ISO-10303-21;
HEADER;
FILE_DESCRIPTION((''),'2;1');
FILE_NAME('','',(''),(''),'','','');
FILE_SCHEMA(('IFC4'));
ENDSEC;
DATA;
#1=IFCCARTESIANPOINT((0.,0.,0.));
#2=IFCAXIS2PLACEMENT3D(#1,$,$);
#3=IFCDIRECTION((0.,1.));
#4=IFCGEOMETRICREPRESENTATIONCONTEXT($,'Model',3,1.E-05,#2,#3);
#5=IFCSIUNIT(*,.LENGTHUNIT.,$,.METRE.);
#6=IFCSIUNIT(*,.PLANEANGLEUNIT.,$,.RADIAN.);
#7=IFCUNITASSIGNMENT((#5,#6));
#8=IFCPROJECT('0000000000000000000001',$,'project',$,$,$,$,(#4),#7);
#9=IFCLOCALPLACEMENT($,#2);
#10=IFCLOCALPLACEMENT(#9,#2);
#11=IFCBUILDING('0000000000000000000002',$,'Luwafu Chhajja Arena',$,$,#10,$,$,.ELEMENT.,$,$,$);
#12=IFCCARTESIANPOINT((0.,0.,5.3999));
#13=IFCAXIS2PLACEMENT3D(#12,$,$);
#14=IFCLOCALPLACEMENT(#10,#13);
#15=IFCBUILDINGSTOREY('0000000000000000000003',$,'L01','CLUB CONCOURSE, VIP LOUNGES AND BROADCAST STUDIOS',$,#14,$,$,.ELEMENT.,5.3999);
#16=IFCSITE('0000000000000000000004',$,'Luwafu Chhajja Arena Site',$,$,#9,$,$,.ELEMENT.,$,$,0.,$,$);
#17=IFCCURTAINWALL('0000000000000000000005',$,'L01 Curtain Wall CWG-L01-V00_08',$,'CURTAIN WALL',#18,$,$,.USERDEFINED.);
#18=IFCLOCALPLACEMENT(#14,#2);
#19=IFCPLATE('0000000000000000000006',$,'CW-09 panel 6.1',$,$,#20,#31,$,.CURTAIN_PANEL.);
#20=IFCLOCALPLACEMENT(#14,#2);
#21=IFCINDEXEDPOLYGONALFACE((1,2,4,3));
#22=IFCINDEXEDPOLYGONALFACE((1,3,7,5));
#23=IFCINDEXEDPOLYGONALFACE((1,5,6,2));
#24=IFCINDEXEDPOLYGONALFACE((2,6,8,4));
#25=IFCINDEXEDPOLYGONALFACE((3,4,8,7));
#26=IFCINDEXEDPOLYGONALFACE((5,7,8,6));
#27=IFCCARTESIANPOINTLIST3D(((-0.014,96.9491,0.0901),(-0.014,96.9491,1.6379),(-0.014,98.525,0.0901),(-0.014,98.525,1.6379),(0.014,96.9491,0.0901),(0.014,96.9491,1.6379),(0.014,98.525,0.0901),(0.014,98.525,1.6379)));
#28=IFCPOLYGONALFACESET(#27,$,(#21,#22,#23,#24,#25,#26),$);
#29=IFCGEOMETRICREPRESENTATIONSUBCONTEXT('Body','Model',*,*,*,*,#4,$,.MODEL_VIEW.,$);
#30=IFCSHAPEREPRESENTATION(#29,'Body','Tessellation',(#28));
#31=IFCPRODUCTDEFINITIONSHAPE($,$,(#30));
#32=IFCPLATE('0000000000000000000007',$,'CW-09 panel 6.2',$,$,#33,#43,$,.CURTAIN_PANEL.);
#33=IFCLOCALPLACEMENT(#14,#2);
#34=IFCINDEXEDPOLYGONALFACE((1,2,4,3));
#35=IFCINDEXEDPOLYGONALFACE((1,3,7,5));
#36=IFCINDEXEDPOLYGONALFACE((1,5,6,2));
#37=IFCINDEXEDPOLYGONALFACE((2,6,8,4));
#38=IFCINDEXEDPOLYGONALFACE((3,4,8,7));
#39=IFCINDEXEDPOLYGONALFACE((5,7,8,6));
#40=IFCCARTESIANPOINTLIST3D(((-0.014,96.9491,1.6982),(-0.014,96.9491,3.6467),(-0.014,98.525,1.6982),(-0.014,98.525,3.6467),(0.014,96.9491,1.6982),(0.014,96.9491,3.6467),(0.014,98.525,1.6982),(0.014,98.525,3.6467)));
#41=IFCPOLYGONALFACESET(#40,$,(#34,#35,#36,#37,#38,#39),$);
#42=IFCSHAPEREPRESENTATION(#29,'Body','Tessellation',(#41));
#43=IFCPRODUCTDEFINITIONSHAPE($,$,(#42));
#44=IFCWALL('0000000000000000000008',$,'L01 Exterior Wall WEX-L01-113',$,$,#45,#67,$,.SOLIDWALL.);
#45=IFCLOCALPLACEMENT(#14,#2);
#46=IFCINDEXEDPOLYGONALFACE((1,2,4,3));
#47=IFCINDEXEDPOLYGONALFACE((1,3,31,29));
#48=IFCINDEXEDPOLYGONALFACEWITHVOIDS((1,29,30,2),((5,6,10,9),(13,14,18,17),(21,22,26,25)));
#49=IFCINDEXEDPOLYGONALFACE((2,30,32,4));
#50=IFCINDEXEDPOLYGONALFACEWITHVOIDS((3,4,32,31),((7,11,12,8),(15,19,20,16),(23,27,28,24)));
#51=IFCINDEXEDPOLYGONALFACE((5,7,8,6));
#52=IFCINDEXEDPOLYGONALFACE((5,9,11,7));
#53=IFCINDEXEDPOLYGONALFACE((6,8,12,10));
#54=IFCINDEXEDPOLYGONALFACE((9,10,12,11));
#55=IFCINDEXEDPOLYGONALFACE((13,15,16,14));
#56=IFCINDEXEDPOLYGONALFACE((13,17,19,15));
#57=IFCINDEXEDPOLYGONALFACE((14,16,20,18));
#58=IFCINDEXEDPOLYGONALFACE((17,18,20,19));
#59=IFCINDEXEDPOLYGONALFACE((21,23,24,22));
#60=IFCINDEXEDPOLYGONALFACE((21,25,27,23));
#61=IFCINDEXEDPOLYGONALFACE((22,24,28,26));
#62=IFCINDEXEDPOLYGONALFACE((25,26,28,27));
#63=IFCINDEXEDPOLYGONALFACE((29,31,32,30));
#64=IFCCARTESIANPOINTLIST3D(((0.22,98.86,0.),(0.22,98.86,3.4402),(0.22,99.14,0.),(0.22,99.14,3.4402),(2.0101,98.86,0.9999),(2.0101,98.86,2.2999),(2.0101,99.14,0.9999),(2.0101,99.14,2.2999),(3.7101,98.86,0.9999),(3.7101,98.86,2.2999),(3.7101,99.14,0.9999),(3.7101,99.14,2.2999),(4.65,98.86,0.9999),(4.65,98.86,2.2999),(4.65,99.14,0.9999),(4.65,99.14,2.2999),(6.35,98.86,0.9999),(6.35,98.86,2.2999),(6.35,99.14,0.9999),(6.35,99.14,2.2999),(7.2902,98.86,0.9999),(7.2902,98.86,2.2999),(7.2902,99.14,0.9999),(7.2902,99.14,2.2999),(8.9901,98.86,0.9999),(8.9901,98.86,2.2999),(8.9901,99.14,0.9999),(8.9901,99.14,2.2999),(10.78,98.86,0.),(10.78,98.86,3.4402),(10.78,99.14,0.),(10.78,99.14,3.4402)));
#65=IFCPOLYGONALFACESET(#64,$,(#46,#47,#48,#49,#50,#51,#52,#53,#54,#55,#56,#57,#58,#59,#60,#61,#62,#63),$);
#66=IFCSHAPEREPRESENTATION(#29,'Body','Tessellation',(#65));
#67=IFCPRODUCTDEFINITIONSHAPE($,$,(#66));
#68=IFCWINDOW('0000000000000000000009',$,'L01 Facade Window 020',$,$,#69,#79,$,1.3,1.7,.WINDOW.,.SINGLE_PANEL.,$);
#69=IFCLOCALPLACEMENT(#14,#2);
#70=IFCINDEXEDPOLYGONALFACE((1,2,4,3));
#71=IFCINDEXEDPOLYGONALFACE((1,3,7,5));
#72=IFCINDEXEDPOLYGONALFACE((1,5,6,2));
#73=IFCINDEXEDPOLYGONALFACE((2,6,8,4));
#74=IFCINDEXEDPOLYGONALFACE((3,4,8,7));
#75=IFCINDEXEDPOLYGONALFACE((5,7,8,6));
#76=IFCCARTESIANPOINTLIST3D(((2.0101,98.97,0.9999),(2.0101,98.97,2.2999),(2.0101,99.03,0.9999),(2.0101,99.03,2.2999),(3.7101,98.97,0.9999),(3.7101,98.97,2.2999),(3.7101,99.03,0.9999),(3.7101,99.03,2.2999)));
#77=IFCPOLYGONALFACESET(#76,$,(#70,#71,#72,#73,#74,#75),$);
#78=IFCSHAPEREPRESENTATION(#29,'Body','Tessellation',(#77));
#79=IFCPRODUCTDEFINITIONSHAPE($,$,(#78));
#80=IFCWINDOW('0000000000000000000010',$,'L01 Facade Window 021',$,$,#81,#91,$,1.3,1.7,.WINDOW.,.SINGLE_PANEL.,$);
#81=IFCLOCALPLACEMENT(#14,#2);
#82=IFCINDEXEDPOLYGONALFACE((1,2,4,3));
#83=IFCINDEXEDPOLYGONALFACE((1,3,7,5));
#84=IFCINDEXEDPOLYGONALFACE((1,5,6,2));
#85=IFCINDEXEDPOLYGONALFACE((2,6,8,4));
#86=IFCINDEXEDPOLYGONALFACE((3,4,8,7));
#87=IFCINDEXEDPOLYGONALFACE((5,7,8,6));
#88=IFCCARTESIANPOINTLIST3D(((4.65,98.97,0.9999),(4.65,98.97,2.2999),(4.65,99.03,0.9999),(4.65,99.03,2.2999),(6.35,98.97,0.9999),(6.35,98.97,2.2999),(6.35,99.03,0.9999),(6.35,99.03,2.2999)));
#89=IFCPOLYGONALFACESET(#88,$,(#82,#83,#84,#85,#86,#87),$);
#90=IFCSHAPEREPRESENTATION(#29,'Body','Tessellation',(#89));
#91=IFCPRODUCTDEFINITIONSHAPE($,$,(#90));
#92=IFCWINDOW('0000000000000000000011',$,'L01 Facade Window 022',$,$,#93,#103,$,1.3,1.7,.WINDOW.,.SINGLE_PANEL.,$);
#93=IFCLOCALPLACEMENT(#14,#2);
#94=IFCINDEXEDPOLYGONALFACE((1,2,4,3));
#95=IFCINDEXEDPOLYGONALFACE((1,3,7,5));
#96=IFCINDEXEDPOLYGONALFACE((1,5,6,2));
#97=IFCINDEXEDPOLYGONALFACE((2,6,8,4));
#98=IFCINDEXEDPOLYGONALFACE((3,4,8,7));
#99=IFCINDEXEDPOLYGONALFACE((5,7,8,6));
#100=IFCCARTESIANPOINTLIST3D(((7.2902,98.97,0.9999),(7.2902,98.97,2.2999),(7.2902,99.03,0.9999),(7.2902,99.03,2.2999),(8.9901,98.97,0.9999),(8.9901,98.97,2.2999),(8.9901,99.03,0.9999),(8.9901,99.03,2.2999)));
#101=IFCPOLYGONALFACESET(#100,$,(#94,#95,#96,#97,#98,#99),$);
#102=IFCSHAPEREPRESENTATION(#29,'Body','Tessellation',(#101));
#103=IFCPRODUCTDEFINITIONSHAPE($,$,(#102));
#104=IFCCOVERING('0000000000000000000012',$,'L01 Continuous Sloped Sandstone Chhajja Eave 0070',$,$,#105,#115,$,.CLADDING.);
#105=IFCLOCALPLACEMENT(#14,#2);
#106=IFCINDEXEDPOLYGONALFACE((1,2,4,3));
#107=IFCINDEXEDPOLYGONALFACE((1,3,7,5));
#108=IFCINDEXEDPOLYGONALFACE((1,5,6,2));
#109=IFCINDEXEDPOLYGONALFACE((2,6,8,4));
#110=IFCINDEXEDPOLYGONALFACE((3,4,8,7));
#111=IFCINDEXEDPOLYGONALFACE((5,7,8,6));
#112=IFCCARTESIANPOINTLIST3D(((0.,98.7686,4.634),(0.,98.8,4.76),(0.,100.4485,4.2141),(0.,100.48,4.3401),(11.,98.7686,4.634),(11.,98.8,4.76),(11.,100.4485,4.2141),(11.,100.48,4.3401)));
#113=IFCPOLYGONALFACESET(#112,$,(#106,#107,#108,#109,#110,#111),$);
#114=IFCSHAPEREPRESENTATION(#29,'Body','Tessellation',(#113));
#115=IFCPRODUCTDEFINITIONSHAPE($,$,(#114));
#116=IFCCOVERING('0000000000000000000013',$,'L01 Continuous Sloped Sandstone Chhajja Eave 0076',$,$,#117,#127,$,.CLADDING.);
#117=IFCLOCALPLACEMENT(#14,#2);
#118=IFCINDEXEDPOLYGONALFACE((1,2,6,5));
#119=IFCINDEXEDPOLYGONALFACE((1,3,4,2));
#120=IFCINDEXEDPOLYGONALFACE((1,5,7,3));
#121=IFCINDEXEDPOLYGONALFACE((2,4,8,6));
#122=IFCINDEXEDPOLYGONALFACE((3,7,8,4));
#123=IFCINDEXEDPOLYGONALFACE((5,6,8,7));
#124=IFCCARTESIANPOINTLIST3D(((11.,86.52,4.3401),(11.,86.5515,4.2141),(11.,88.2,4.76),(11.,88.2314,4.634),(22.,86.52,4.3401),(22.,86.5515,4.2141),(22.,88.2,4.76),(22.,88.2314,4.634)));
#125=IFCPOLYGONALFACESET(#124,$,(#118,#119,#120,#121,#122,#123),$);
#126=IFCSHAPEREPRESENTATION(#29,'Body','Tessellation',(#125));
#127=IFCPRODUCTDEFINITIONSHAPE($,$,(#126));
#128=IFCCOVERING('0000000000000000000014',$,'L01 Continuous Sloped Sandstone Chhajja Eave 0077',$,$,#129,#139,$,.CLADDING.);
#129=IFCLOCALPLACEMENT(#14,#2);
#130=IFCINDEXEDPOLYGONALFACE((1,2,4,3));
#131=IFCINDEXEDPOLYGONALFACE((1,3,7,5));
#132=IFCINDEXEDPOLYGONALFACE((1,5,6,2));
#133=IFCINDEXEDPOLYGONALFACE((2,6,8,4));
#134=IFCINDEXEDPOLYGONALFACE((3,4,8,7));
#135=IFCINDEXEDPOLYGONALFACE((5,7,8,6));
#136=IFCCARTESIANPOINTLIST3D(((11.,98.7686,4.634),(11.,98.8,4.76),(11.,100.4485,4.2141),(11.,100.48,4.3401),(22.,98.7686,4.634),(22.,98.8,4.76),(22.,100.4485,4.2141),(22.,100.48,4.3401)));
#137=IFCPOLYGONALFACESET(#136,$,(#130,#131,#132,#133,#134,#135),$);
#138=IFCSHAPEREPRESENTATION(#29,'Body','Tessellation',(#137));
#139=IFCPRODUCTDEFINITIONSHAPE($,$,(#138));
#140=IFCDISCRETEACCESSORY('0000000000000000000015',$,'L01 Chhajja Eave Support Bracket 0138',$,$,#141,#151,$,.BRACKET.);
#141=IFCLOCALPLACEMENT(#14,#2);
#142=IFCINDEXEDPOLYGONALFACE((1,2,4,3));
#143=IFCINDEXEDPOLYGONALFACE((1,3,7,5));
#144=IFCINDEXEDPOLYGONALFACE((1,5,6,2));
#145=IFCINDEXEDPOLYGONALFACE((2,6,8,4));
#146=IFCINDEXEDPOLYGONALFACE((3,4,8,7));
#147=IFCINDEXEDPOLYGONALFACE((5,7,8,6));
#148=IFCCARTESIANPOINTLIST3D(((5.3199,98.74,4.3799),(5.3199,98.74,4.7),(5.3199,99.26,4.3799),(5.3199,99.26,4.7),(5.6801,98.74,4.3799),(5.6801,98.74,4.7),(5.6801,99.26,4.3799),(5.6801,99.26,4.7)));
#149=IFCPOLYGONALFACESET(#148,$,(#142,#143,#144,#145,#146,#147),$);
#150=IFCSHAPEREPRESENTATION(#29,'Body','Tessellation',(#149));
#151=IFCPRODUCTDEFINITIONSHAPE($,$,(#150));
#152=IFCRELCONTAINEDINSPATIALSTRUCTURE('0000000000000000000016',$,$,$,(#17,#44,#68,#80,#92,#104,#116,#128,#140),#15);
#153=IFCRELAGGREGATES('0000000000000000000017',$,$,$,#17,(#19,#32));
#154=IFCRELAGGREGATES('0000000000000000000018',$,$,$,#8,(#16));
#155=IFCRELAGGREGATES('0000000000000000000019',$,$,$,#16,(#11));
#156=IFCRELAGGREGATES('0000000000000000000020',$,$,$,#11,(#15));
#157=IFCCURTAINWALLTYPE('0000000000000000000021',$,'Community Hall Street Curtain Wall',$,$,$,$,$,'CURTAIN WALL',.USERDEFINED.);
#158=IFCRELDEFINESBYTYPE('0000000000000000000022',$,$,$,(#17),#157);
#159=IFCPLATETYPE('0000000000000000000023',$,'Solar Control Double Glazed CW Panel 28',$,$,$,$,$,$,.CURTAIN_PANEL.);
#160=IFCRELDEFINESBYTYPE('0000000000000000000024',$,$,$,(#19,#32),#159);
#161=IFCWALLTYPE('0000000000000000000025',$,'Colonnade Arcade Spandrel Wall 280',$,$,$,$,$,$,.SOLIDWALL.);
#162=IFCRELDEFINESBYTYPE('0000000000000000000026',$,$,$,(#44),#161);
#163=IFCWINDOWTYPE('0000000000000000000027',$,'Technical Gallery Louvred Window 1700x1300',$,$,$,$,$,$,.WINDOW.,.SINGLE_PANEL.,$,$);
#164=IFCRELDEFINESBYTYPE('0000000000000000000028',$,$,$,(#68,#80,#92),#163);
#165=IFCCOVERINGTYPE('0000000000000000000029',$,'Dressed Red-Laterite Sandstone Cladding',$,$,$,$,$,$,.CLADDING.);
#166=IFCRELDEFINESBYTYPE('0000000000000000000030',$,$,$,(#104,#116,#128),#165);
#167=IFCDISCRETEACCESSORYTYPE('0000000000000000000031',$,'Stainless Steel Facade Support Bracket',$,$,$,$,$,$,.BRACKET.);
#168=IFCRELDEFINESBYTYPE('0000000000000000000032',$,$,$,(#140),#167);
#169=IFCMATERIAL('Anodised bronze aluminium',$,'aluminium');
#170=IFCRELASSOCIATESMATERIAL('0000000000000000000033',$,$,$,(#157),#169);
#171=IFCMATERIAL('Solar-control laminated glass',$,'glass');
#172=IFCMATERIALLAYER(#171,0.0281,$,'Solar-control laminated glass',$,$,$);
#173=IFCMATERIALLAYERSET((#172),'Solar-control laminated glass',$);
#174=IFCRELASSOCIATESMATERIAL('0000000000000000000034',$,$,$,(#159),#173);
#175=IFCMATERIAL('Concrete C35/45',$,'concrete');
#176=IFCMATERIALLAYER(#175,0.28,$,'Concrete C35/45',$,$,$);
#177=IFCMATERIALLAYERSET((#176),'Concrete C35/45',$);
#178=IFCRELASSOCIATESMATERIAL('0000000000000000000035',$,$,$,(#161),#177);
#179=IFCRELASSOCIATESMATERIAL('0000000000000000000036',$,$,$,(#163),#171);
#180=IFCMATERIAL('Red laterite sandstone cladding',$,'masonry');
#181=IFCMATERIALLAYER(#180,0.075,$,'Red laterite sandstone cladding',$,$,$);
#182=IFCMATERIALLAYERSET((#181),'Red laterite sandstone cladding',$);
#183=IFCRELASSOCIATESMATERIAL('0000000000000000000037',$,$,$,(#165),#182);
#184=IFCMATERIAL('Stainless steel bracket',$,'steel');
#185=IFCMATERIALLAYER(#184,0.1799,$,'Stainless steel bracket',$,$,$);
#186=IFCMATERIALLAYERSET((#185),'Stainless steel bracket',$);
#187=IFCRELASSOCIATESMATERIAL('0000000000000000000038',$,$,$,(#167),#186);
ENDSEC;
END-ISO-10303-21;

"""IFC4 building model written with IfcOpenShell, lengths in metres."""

from ifc_helpers import new_model, si_unit, direction, frame, frame_2d, origin, origin_2d, place, context, subcontext, project, spatial, polyline, rectangle, outline, extrude, material, layer, layer_set, type_object, element, fill, aggregate, save


model = new_model("IFC4")

# Units and contexts
model_context = context("Model", 3, precision=1e-05, world=origin(), true_north=direction((0.0, 1.0)))
body_context = subcontext(model_context, "Body", "Model", "MODEL_VIEW")
ifc_project = project(units=[si_unit("LENGTHUNIT", "METRE"), si_unit("PLANEANGLEUNIT", "RADIAN")], contexts=[model_context])

# Site, building, storey
site_placement = place(None, origin())
site = spatial("IfcSite", under=ifc_project, at=site_placement, Name="Luwafu Chhajja Arena Site", CompositionType="ELEMENT", RefElevation=0.0)
building_placement = place(site_placement, origin())
building = spatial("IfcBuilding", under=site, at=building_placement, Name="Luwafu Chhajja Arena", CompositionType="ELEMENT")
storey_placement = place(building_placement, frame((0.0, 0.0, 5.3999)))
storey = spatial("IfcBuildingStorey", under=building, at=storey_placement, Name="L01", Description="CLUB CONCOURSE, VIP LOUNGES AND BROADCAST STUDIOS", CompositionType="ELEMENT", Elevation=5.3999)

# Shared definitions
ifc_material_1 = material(Name="Concrete C35/45", Category="concrete")

# Curtain wall
ifc_material_2 = material(Name="Anodised bronze aluminium", Category="aluminium")
curtain_wall_type_1 = type_object("IfcCurtainWallType", Name="Community Hall Street Curtain Wall", ElementType="CURTAIN WALL", PredefinedType="USERDEFINED", material=ifc_material_2)
curtain_wall_1_placement = place(storey_placement, origin())
curtain_wall_1 = element("IfcCurtainWall", 1, at=curtain_wall_1_placement, inside=storey, type_object=curtain_wall_type_1, Name="L01 Curtain Wall CWG-L01-V00_08", ObjectType="CURTAIN WALL", PredefinedType="USERDEFINED")

# Plates
ifc_material_3 = material(Name="Solar-control laminated glass", Category="glass")
ifc_layer_1 = layer(ifc_material_3, 0.0281, Name="Solar-control laminated glass")
ifc_layer_set_1 = layer_set([ifc_layer_1], Name="Solar-control laminated glass")
plate_type = type_object("IfcPlateType", Name="Solar Control Double Glazed CW Panel 28", PredefinedType="CURTAIN_PANEL", material=ifc_layer_set_1)
plate_1_placement = place(storey_placement, frame((0.0, 97.7371, 0.0901), z_axis=(0.0, 0.0, 1.0), x_axis=(0.0, 1.0, 0.0)))
plate_1 = element("IfcPlate", 2, at=plate_1_placement, type_object=plate_type, Name="CW-09 panel 6.1", PredefinedType="CURTAIN_PANEL", context=body_context, shape_type="SweptSolid", body=[
    extrude(rectangle(XDim=1.5759, YDim=0.0281, at=origin_2d()), origin(), (0.0, 0.0, 1.0), 1.5479),
])
plate_2_placement = place(storey_placement, frame((0.0, 97.7371, 1.6982), z_axis=(0.0, 0.0, 1.0), x_axis=(0.0, 1.0, 0.0)))
plate_2 = element("IfcPlate", 3, at=plate_2_placement, type_object=plate_type, Name="CW-09 panel 6.2", PredefinedType="CURTAIN_PANEL", context=body_context, shape_type="SweptSolid", body=[
    extrude(rectangle(XDim=1.5759, YDim=0.0281, at=origin_2d()), origin(), (0.0, 0.0, 1.0), 1.9485),
])
aggregate(curtain_wall_1, [plate_1, plate_2])

# Wall, openings, windows
ifc_layer_2 = layer(ifc_material_1, 0.28, Name="Concrete C35/45")
ifc_layer_set_2 = layer_set([ifc_layer_2], Name="Concrete C35/45")
wall_type = type_object("IfcWallType", Name="Colonnade Arcade Spandrel Wall 280", PredefinedType="SOLIDWALL", material=ifc_layer_set_2)
wall_placement = place(storey_placement, frame((0.22, 99.0, 0.0), z_axis=(0.0, 0.0, 1.0), x_axis=(1.0, 0.0, 0.0)))
wall = element("IfcWall", 4, at=wall_placement, inside=storey, type_object=wall_type, Name="L01 Exterior Wall WEX-L01-113", PredefinedType="SOLIDWALL", context=body_context, shape_type="SweptSolid", body=[
    extrude(rectangle(XDim=10.5601, YDim=0.28, at=frame_2d((5.28, 0.0))), origin(), (0.0, 0.0, 1.0), 3.4402),
])
opening_1_placement = place(wall_placement, frame((1.79, 0.0, 1.0)))
opening_1 = element("IfcOpeningElement", 5, at=opening_1_placement, cuts=wall, PredefinedType="OPENING", context=body_context, shape_type="SweptSolid", body=[
    extrude(rectangle(XDim=1.7, YDim=1.3, at=frame_2d((0.8501, 0.6499))), frame((0.0, 0.1499, 0.0), z_axis=(0.0, -1.0, 0.0), x_axis=(1.0, 0.0, 0.0)), (0.0, 0.0, 1.0), 0.3),
])
opening_2_placement = place(wall_placement, frame((4.4299, 0.0, 1.0)))
opening_2 = element("IfcOpeningElement", 6, at=opening_2_placement, cuts=wall, PredefinedType="OPENING", context=body_context, shape_type="SweptSolid", body=[
    extrude(rectangle(XDim=1.7, YDim=1.3, at=frame_2d((0.8501, 0.6499))), frame((0.0, 0.1499, 0.0), z_axis=(0.0, -1.0, 0.0), x_axis=(1.0, 0.0, 0.0)), (0.0, 0.0, 1.0), 0.3),
])
opening_3_placement = place(wall_placement, frame((7.0701, 0.0, 1.0)))
opening_3 = element("IfcOpeningElement", 7, at=opening_3_placement, cuts=wall, PredefinedType="OPENING", context=body_context, shape_type="SweptSolid", body=[
    extrude(rectangle(XDim=1.7, YDim=1.3, at=frame_2d((0.8501, 0.6499))), frame((0.0, 0.1499, 0.0), z_axis=(0.0, -1.0, 0.0), x_axis=(1.0, 0.0, 0.0)), (0.0, 0.0, 1.0), 0.3),
])
window_type = type_object("IfcWindowType", Name="Technical Gallery Louvred Window 1700x1300", PartitioningType="SINGLE_PANEL", PredefinedType="WINDOW", material=ifc_material_3)
window_1_placement = place(opening_1_placement, origin())
window_1 = element("IfcWindow", 8, at=window_1_placement, inside=storey, type_object=window_type, Name="L01 Facade Window 020", OverallHeight=1.3, OverallWidth=1.7, PartitioningType="SINGLE_PANEL", PredefinedType="WINDOW", context=body_context, shape_type="SweptSolid", body=[
    extrude(rectangle(XDim=1.7, YDim=1.3, at=frame_2d((0.8501, 0.6499))), frame((0.0, 0.03, 0.0), z_axis=(0.0, -1.0, 0.0), x_axis=(1.0, 0.0, 0.0)), (0.0, 0.0, 1.0), 0.0601),
])
fill(opening_1, window_1)
window_2_placement = place(opening_2_placement, origin())
window_2 = element("IfcWindow", 9, at=window_2_placement, inside=storey, type_object=window_type, Name="L01 Facade Window 021", OverallHeight=1.3, OverallWidth=1.7, PartitioningType="SINGLE_PANEL", PredefinedType="WINDOW", context=body_context, shape_type="SweptSolid", body=[
    extrude(rectangle(XDim=1.7, YDim=1.3, at=frame_2d((0.8501, 0.6499))), frame((0.0, 0.03, 0.0), z_axis=(0.0, -1.0, 0.0), x_axis=(1.0, 0.0, 0.0)), (0.0, 0.0, 1.0), 0.0601),
])
fill(opening_2, window_2)
window_3_placement = place(opening_3_placement, origin())
window_3 = element("IfcWindow", 10, at=window_3_placement, inside=storey, type_object=window_type, Name="L01 Facade Window 022", OverallHeight=1.3, OverallWidth=1.7, PartitioningType="SINGLE_PANEL", PredefinedType="WINDOW", context=body_context, shape_type="SweptSolid", body=[
    extrude(rectangle(XDim=1.7, YDim=1.3, at=frame_2d((0.8501, 0.6499))), frame((0.0, 0.03, 0.0), z_axis=(0.0, -1.0, 0.0), x_axis=(1.0, 0.0, 0.0)), (0.0, 0.0, 1.0), 0.0601),
])
fill(opening_3, window_3)

# Coverings
ifc_material_4 = material(Name="Red laterite sandstone cladding", Category="masonry")
ifc_layer_3 = layer(ifc_material_4, 0.075, Name="Red laterite sandstone cladding")
ifc_layer_set_3 = layer_set([ifc_layer_3], Name="Red laterite sandstone cladding")
covering_type = type_object("IfcCoveringType", Name="Dressed Red-Laterite Sandstone Cladding", PredefinedType="CLADDING", material=ifc_layer_set_3)
covering_1_placement = place(storey_placement, frame((0.0, 98.8, 4.76), z_axis=(0.0, 0.242502, 0.970151), x_axis=(1.0, 0.0, 0.0)))
element("IfcCovering", 11, at=covering_1_placement, inside=storey, type_object=covering_type, Name="L01 Continuous Sloped Sandstone Chhajja Eave 0070", PredefinedType="CLADDING", context=body_context, shape_type="SweptSolid", body=[
    extrude(outline(polyline([(0.0, 0.0), (11.0, 0.0), (11.0, 1.7316), (0.0, 1.7316), (0.0, 0.0)])), origin(), (0.0, 0.0, -1.0), 0.1299),
])
covering_2_placement = place(storey_placement, frame((11.0, 88.2, 4.76), z_axis=(0.0, -0.242502, 0.970151), x_axis=(1.0, 0.0, 0.0)))
element("IfcCovering", 12, at=covering_2_placement, inside=storey, type_object=covering_type, Name="L01 Continuous Sloped Sandstone Chhajja Eave 0076", PredefinedType="CLADDING", context=body_context, shape_type="SweptSolid", body=[
    extrude(outline(polyline([(0.0, 0.0), (11.0, 0.0), (11.0, -1.7316), (0.0, -1.7316), (0.0, 0.0)])), origin(), (0.0, 0.0, -1.0), 0.1299),
])
covering_3_placement = place(storey_placement, frame((11.0, 98.8, 4.76), z_axis=(0.0, 0.242502, 0.970151), x_axis=(1.0, 0.0, 0.0)))
element("IfcCovering", 13, at=covering_3_placement, inside=storey, type_object=covering_type, Name="L01 Continuous Sloped Sandstone Chhajja Eave 0077", PredefinedType="CLADDING", context=body_context, shape_type="SweptSolid", body=[
    extrude(outline(polyline([(0.0, 0.0), (11.0, 0.0), (11.0, 1.7316), (0.0, 1.7316), (0.0, 0.0)])), origin(), (0.0, 0.0, -1.0), 0.1299),
])

# Discrete accessory
ifc_material_5 = material(Name="Stainless steel bracket", Category="steel")
ifc_layer_4 = layer(ifc_material_5, 0.1799, Name="Stainless steel bracket")
ifc_layer_set_4 = layer_set([ifc_layer_4], Name="Stainless steel bracket")
discrete_accessory_type = type_object("IfcDiscreteAccessoryType", Name="Stainless Steel Facade Support Bracket", PredefinedType="BRACKET", material=ifc_layer_set_4)
discrete_accessory_placement = place(storey_placement, frame((5.5, 99.0, 4.3799), z_axis=(0.0, 0.0, 1.0), x_axis=(1.0, 0.0, 0.0)))
element("IfcDiscreteAccessory", 14, at=discrete_accessory_placement, inside=storey, type_object=discrete_accessory_type, Name="L01 Chhajja Eave Support Bracket 0138", PredefinedType="BRACKET", context=body_context, shape_type="SweptSolid", body=[
    extrude(rectangle(XDim=0.3601, YDim=0.52, at=origin_2d()), origin(), (0.0, 0.0, 1.0), 0.3201),
])

save(model, "model.ifc")
